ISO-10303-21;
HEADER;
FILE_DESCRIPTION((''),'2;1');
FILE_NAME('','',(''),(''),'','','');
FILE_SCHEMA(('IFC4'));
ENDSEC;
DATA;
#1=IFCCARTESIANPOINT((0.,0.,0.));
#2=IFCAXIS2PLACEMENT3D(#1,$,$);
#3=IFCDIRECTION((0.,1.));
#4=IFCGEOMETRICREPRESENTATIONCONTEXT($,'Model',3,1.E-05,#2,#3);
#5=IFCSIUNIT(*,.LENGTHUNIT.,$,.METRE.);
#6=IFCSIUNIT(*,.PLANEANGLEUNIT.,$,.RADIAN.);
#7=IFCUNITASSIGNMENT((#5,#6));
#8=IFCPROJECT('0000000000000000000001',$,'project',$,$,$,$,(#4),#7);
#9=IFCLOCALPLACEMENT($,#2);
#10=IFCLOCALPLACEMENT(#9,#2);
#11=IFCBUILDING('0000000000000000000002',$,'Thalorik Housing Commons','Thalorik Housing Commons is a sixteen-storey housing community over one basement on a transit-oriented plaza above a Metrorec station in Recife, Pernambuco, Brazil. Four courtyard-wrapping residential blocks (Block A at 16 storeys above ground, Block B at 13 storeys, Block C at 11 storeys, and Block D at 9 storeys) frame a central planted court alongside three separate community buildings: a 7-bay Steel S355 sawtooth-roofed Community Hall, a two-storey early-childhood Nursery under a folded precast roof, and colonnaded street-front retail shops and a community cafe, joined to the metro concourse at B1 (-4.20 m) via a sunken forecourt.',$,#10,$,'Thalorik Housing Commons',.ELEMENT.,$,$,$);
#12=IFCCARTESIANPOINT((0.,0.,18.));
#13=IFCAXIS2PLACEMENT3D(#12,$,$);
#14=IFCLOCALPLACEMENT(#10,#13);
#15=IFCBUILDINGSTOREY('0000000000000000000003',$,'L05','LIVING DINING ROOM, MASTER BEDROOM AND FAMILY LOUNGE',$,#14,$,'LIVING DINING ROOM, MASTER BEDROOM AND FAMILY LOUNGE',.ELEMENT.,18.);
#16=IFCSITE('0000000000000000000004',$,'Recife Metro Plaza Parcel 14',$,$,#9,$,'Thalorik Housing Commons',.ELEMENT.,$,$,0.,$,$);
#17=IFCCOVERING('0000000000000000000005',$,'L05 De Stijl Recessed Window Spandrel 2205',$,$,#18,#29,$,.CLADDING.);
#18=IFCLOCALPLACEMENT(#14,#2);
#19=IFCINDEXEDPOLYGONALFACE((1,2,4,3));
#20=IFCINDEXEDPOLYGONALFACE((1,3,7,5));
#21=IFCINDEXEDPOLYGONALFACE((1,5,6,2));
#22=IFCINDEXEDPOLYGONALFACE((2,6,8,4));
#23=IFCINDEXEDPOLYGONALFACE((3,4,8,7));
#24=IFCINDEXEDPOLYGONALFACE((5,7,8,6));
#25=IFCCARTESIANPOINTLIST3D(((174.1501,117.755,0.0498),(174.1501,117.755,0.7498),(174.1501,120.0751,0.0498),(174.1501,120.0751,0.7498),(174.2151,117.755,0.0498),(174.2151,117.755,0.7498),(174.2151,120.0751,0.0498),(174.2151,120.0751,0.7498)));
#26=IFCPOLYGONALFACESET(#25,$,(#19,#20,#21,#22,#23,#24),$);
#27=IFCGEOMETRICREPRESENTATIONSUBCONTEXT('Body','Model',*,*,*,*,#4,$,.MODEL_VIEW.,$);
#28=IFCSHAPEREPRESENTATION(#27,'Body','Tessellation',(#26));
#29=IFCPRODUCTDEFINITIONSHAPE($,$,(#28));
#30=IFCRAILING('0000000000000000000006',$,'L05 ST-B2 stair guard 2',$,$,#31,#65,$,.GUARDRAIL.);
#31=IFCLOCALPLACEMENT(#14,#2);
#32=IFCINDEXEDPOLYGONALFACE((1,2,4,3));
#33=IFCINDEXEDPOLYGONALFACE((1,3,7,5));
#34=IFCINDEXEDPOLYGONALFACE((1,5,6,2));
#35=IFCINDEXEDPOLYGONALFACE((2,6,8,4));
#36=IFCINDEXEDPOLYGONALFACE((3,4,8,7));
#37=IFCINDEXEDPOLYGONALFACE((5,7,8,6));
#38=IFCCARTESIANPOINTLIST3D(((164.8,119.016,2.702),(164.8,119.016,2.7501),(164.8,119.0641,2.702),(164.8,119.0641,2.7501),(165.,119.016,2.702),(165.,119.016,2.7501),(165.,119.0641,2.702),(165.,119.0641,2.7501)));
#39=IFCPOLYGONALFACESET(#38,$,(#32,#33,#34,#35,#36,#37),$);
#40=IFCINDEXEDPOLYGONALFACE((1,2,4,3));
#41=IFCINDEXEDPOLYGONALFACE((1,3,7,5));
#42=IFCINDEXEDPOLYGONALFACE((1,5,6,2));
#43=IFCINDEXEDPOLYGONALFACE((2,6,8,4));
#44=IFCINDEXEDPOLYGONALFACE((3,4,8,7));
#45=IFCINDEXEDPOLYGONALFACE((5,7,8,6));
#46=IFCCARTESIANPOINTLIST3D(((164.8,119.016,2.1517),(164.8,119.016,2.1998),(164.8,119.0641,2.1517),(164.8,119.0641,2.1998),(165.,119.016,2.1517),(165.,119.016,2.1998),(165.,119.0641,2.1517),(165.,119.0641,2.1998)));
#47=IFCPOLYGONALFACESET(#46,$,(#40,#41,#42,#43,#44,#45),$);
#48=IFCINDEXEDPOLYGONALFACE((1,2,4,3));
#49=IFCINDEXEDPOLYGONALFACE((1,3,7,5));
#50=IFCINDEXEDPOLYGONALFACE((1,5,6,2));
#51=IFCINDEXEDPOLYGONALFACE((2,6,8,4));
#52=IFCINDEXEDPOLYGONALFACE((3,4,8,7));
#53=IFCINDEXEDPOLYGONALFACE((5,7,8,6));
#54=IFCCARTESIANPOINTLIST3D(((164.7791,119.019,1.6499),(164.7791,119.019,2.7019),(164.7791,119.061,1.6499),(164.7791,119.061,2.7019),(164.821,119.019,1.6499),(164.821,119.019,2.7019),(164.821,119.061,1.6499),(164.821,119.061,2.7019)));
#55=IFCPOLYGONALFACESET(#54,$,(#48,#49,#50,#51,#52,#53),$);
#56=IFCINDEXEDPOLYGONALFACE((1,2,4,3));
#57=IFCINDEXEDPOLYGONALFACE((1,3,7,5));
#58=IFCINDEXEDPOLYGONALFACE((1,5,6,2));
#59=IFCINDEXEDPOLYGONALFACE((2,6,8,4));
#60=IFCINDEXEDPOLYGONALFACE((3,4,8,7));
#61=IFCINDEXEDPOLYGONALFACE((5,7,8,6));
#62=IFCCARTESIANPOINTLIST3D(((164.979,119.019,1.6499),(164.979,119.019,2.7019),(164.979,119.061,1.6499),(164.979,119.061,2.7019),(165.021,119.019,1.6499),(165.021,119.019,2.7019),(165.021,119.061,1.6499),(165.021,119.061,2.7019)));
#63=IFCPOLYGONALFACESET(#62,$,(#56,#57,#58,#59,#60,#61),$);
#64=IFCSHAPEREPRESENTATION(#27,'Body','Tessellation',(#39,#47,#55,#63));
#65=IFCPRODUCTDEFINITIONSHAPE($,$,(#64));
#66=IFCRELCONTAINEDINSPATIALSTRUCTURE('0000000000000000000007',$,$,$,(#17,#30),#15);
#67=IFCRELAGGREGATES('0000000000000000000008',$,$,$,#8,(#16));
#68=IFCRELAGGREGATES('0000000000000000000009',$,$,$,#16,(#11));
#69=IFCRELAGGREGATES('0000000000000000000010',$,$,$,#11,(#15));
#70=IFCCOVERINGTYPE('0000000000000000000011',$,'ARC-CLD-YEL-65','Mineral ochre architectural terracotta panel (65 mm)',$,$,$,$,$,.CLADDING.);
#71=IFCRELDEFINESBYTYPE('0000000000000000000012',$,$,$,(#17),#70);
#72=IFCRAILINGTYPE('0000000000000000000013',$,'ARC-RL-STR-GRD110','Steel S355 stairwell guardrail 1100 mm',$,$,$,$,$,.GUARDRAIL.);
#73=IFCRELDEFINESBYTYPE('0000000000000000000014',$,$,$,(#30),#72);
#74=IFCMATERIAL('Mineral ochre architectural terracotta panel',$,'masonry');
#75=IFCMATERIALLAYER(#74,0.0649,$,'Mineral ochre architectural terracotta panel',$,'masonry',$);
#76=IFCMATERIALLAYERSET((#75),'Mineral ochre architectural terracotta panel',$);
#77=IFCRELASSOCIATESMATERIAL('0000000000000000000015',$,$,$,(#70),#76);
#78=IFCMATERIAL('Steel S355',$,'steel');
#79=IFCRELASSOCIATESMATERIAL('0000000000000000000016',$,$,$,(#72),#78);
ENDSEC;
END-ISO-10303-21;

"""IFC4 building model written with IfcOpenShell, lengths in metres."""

from ifc_helpers import new_model, si_unit, direction, frame, origin, origin_2d, place, context, subcontext, project, spatial, rectangle, extrude, material, layer, layer_set, type_object, element, save


model = new_model("IFC4")

# Units and contexts
model_context = context("Model", 3, precision=1e-05, world=origin(), true_north=direction((0.0, 1.0)))
body_context = subcontext(model_context, "Body", "Model", "MODEL_VIEW")
ifc_project = project(units=[si_unit("LENGTHUNIT", "METRE"), si_unit("PLANEANGLEUNIT", "RADIAN")], contexts=[model_context])

# Site, building, storey
site_placement = place(None, origin())
site = spatial("IfcSite", under=ifc_project, at=site_placement, Name="Recife Metro Plaza Parcel 14", LongName="Thalorik Housing Commons", CompositionType="ELEMENT", RefElevation=0.0)
building_placement = place(site_placement, origin())
building = spatial("IfcBuilding", under=site, at=building_placement, Name="Thalorik Housing Commons", Description="Thalorik Housing Commons is a sixteen-storey housing community over one basement on a transit-oriented plaza above a Metrorec station in Recife, Pernambuco, Brazil. Four courtyard-wrapping residential blocks (Block A at 16 storeys above ground, Block B at 13 storeys, Block C at 11 storeys, and Block D at 9 storeys) frame a central planted court alongside three separate community buildings: a 7-bay Steel S355 sawtooth-roofed Community Hall, a two-storey early-childhood Nursery under a folded precast roof, and colonnaded street-front retail shops and a community cafe, joined to the metro concourse at B1 (-4.20 m) via a sunken forecourt.", LongName="Thalorik Housing Commons", CompositionType="ELEMENT")
storey_placement = place(building_placement, frame((0.0, 0.0, 18.0)))
storey = spatial("IfcBuildingStorey", under=building, at=storey_placement, Name="L05", Description="LIVING DINING ROOM, MASTER BEDROOM AND FAMILY LOUNGE", LongName="LIVING DINING ROOM, MASTER BEDROOM AND FAMILY LOUNGE", CompositionType="ELEMENT", Elevation=18.0)

# Shared definitions
ifc_material_1 = material(Name="Steel S355", Category="steel")

# Covering
ifc_material_2 = material(Name="Mineral ochre architectural terracotta panel", Category="masonry")
ifc_layer_1 = layer(ifc_material_2, 0.0649, Name="Mineral ochre architectural terracotta panel", Category="masonry")
ifc_layer_set_1 = layer_set([ifc_layer_1], Name="Mineral ochre architectural terracotta panel")
covering_type_1 = type_object("IfcCoveringType", Name="ARC-CLD-YEL-65", Description="Mineral ochre architectural terracotta panel (65 mm)", PredefinedType="CLADDING", material=ifc_layer_set_1)
covering_1_placement = place(storey_placement, frame((174.1826, 118.915, 0.0498), z_axis=(0.0, 0.0, 1.0), x_axis=(0.0, 1.0, 0.0)))
element("IfcCovering", 1, at=covering_1_placement, inside=storey, type_object=covering_type_1, Name="L05 De Stijl Recessed Window Spandrel 2205", PredefinedType="CLADDING", context=body_context, shape_type="SweptSolid", body=[
    extrude(rectangle(XDim=2.3201, YDim=0.0649, at=origin_2d()), origin(), (0.0, 0.0, 1.0), 0.7),
])

# Railing
railing_type_1 = type_object("IfcRailingType", Name="ARC-RL-STR-GRD110", Description="Steel S355 stairwell guardrail 1100 mm", PredefinedType="GUARDRAIL", material=ifc_material_1)
railing_1_placement = place(storey_placement, frame((164.8, 119.04, 1.6499)))
element("IfcRailing", 2, at=railing_1_placement, inside=storey, type_object=railing_type_1, Name="L05 ST-B2 stair guard 2", PredefinedType="GUARDRAIL", context=body_context, shape_type="SweptSolid", body=[
    extrude(rectangle(XDim=0.0481, YDim=0.0481, at=origin_2d()), frame((0.0, 0.0, 1.0762), z_axis=(1.0, 0.0, 0.0), x_axis=(0.0, 1.0, 0.0)), (0.0, 0.0, 1.0), 0.2),
    extrude(rectangle(XDim=0.0481, YDim=0.0481, at=origin_2d()), frame((0.0, 0.0, 0.5259), z_axis=(1.0, 0.0, 0.0), x_axis=(0.0, 1.0, 0.0)), (0.0, 0.0, 1.0), 0.2),
    extrude(rectangle(XDim=0.042, YDim=0.042, at=origin_2d()), origin(), (0.0, 0.0, 1.0), 1.052),
    extrude(rectangle(XDim=0.042, YDim=0.042, at=origin_2d()), frame((0.2, 0.0, 0.0)), (0.0, 0.0, 1.0), 1.052),
])

save(model, "model.ifc")
